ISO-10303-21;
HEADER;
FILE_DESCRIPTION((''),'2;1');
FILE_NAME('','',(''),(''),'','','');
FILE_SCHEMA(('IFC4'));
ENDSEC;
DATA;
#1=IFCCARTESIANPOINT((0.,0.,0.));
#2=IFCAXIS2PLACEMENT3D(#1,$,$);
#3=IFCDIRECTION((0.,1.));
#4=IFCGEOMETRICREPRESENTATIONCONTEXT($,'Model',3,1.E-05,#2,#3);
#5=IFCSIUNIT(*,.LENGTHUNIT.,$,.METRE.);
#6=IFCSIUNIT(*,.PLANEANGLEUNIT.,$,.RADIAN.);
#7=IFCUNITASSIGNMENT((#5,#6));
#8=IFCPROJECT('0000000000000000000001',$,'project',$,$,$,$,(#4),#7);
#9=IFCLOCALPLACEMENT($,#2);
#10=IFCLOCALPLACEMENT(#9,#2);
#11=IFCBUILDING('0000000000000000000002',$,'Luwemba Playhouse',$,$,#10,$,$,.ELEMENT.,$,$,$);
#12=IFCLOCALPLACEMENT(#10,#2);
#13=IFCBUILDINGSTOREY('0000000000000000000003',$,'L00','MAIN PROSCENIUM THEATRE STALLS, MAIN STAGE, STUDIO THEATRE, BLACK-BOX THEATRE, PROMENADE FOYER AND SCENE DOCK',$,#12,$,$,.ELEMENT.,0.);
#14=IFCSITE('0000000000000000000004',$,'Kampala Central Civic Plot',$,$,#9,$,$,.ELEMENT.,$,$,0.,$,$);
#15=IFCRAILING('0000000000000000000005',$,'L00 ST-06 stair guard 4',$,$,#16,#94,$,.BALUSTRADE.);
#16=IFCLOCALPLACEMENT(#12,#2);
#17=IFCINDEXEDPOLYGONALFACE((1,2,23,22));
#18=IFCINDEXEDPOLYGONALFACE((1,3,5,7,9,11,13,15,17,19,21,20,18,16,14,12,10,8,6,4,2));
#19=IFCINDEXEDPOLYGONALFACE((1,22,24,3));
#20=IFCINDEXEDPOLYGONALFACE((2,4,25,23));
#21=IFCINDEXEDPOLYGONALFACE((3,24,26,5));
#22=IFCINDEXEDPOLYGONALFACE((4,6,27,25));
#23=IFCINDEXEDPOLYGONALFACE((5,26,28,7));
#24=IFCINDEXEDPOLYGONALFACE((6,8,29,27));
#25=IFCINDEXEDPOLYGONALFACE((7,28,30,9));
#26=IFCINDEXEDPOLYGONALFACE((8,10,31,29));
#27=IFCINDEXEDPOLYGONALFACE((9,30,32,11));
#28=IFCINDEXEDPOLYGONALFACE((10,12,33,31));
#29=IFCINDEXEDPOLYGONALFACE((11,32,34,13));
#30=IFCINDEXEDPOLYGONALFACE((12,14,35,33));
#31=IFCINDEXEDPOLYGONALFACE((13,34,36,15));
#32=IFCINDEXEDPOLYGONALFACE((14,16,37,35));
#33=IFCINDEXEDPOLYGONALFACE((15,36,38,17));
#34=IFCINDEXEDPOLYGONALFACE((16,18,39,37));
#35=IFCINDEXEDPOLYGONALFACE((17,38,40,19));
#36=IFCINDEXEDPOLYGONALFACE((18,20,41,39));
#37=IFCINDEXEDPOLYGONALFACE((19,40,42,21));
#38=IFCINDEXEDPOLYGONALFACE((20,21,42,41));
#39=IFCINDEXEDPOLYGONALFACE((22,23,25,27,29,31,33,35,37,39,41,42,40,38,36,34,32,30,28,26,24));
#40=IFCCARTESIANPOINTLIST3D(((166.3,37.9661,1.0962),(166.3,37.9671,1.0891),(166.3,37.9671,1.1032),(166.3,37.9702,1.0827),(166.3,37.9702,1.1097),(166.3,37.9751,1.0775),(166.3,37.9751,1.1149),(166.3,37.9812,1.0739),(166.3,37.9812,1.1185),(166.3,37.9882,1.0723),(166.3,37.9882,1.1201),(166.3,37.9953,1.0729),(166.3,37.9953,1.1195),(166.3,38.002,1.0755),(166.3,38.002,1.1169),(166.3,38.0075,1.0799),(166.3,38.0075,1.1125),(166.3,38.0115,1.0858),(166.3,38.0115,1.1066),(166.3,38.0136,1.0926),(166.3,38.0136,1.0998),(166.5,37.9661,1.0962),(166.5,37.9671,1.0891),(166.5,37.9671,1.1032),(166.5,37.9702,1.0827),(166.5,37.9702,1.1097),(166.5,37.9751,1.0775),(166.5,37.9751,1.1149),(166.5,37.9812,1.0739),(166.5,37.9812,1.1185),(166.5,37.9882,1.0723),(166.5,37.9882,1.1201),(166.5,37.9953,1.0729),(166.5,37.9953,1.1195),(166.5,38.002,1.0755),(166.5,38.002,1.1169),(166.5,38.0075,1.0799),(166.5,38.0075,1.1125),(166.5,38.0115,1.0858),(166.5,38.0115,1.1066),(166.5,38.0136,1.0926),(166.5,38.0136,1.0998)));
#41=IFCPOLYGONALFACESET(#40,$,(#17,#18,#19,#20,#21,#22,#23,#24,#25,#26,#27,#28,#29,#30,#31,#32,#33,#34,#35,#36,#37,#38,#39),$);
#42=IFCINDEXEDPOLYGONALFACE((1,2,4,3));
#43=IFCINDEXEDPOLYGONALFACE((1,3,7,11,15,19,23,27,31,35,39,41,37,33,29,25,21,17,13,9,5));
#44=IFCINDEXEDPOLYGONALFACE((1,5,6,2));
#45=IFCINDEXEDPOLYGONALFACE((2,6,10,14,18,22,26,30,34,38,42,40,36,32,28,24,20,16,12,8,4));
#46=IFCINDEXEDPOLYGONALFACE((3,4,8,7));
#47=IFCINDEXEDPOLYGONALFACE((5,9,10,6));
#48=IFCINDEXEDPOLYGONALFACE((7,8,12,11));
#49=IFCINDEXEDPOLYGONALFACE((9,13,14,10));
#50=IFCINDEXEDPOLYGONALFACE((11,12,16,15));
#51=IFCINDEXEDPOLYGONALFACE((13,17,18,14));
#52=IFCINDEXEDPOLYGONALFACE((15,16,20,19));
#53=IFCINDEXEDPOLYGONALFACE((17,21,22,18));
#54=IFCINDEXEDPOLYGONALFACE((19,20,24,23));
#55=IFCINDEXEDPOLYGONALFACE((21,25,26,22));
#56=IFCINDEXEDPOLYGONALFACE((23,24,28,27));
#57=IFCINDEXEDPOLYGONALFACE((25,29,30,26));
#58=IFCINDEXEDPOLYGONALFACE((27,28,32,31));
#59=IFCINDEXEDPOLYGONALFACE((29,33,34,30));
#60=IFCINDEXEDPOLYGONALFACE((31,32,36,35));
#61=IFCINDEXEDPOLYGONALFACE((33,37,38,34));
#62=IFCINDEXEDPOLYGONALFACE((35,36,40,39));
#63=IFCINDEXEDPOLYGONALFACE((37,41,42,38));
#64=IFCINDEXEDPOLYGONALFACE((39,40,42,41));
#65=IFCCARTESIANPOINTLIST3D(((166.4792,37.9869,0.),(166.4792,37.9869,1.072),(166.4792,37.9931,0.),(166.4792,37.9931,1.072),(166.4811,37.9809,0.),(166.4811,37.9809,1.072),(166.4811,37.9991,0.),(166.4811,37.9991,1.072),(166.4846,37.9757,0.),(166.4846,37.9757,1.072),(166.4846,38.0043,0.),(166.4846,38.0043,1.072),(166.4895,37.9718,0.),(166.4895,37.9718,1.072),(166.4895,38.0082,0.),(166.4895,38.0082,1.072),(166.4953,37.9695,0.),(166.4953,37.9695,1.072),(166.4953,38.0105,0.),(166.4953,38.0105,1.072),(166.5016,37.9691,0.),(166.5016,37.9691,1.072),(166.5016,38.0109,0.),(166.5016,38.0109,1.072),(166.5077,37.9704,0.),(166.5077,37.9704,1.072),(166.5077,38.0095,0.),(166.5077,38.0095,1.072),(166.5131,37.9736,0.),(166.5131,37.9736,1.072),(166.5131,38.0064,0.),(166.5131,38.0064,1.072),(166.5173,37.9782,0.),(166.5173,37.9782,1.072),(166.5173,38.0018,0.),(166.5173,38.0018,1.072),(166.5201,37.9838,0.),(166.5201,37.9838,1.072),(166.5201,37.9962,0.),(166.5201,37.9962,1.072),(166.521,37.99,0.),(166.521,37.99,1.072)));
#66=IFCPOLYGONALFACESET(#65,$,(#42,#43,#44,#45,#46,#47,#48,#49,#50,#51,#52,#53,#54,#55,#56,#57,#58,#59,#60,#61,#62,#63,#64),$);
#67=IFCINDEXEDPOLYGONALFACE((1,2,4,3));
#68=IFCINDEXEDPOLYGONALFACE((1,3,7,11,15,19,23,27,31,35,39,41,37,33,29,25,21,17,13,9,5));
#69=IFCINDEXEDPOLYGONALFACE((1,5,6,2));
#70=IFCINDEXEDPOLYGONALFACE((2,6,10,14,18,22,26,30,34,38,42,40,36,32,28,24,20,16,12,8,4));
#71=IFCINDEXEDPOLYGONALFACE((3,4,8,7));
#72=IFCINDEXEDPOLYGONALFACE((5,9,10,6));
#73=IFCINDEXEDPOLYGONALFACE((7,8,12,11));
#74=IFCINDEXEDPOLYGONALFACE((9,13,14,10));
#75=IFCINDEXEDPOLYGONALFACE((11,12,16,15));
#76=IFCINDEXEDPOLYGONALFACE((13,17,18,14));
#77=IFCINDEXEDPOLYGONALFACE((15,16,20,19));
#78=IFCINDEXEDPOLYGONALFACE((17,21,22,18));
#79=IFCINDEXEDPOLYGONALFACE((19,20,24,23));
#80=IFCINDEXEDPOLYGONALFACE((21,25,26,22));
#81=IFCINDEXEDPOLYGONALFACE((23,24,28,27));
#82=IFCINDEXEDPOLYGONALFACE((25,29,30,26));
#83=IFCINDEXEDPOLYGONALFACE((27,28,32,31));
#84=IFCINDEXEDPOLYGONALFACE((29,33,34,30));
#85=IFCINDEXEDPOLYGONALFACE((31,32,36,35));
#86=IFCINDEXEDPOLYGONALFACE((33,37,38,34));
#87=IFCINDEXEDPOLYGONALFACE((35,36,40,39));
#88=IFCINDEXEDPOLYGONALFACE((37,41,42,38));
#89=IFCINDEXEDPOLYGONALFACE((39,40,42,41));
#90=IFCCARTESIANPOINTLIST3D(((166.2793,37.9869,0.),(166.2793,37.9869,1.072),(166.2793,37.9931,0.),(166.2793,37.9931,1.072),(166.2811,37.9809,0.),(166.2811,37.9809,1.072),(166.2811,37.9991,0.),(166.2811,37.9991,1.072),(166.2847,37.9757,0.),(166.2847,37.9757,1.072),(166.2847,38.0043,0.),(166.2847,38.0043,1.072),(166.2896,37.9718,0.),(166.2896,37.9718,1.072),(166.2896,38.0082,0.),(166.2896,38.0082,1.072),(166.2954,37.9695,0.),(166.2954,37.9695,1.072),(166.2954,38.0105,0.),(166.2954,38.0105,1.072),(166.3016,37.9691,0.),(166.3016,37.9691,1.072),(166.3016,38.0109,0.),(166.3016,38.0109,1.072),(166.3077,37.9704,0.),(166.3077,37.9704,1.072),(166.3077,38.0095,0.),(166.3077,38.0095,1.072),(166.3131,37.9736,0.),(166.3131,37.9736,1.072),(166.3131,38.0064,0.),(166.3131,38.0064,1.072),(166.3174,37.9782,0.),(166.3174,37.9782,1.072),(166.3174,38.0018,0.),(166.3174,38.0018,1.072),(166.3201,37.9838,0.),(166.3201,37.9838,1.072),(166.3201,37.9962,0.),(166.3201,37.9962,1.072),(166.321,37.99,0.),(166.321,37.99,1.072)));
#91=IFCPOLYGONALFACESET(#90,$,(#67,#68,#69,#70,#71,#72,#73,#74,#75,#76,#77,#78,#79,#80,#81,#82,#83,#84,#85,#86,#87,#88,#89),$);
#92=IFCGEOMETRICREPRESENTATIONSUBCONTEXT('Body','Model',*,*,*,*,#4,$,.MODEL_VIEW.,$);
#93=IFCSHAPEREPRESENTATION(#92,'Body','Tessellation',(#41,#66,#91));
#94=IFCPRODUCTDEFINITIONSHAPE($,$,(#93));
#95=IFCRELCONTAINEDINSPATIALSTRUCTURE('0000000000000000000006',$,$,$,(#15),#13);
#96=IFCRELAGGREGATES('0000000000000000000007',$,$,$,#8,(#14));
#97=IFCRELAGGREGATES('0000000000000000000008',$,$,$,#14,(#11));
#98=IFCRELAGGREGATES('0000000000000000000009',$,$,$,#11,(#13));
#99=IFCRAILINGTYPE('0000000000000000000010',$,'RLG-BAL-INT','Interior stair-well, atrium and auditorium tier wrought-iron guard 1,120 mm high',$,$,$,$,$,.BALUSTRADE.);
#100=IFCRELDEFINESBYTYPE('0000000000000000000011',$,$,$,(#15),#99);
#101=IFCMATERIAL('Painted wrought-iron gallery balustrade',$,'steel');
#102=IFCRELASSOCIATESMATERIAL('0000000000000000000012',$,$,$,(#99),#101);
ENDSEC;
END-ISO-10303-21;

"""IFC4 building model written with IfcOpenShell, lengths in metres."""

from ifc_helpers import new_model, si_unit, direction, frame, origin, origin_2d, place, context, subcontext, project, spatial, circle, extrude, material, type_object, element, save


model = new_model("IFC4")

# Units and contexts
model_context = context("Model", 3, precision=1e-05, world=origin(), true_north=direction((0.0, 1.0)))
body_context = subcontext(model_context, "Body", "Model", "MODEL_VIEW")
ifc_project = project(units=[si_unit("LENGTHUNIT", "METRE"), si_unit("PLANEANGLEUNIT", "RADIAN")], contexts=[model_context])

# Site, building, storey
site_placement = place(None, origin())
site = spatial("IfcSite", under=ifc_project, at=site_placement, Name="Kampala Central Civic Plot", CompositionType="ELEMENT", RefElevation=0.0)
building_placement = place(site_placement, origin())
building = spatial("IfcBuilding", under=site, at=building_placement, Name="Luwemba Playhouse", CompositionType="ELEMENT")
storey_placement = place(building_placement, origin())
storey = spatial("IfcBuildingStorey", under=building, at=storey_placement, Name="L00", Description="MAIN PROSCENIUM THEATRE STALLS, MAIN STAGE, STUDIO THEATRE, BLACK-BOX THEATRE, PROMENADE FOYER AND SCENE DOCK", CompositionType="ELEMENT", Elevation=0.0)

# Railing
ifc_material_1 = material(Name="Painted wrought-iron gallery balustrade", Category="steel")
railing_type_1 = type_object("IfcRailingType", Name="RLG-BAL-INT", Description="Interior stair-well, atrium and auditorium tier wrought-iron guard 1,120 mm high", PredefinedType="BALUSTRADE", material=ifc_material_1)
railing_1_placement = place(storey_placement, frame((166.5, 37.99, 0.0)))
element("IfcRailing", 1, at=railing_1_placement, inside=storey, type_object=railing_type_1, Name="L00 ST-06 stair guard 4", PredefinedType="BALUSTRADE", context=body_context, shape_type="SweptSolid", body=[
    extrude(circle(Radius=0.0239, at=origin_2d()), frame((0.0, 0.0, 1.0962), z_axis=(-1.0, 0.0, 0.0), x_axis=(0.0, -1.0, 0.0)), (0.0, 0.0, 1.0), 0.2),
    extrude(circle(Radius=0.021, at=origin_2d()), origin(), (0.0, 0.0, 1.0), 1.072),
    extrude(circle(Radius=0.021, at=origin_2d()), frame((-0.2, 0.0, 0.0)), (0.0, 0.0, 1.0), 1.072),
])

save(model, "model.ifc")
